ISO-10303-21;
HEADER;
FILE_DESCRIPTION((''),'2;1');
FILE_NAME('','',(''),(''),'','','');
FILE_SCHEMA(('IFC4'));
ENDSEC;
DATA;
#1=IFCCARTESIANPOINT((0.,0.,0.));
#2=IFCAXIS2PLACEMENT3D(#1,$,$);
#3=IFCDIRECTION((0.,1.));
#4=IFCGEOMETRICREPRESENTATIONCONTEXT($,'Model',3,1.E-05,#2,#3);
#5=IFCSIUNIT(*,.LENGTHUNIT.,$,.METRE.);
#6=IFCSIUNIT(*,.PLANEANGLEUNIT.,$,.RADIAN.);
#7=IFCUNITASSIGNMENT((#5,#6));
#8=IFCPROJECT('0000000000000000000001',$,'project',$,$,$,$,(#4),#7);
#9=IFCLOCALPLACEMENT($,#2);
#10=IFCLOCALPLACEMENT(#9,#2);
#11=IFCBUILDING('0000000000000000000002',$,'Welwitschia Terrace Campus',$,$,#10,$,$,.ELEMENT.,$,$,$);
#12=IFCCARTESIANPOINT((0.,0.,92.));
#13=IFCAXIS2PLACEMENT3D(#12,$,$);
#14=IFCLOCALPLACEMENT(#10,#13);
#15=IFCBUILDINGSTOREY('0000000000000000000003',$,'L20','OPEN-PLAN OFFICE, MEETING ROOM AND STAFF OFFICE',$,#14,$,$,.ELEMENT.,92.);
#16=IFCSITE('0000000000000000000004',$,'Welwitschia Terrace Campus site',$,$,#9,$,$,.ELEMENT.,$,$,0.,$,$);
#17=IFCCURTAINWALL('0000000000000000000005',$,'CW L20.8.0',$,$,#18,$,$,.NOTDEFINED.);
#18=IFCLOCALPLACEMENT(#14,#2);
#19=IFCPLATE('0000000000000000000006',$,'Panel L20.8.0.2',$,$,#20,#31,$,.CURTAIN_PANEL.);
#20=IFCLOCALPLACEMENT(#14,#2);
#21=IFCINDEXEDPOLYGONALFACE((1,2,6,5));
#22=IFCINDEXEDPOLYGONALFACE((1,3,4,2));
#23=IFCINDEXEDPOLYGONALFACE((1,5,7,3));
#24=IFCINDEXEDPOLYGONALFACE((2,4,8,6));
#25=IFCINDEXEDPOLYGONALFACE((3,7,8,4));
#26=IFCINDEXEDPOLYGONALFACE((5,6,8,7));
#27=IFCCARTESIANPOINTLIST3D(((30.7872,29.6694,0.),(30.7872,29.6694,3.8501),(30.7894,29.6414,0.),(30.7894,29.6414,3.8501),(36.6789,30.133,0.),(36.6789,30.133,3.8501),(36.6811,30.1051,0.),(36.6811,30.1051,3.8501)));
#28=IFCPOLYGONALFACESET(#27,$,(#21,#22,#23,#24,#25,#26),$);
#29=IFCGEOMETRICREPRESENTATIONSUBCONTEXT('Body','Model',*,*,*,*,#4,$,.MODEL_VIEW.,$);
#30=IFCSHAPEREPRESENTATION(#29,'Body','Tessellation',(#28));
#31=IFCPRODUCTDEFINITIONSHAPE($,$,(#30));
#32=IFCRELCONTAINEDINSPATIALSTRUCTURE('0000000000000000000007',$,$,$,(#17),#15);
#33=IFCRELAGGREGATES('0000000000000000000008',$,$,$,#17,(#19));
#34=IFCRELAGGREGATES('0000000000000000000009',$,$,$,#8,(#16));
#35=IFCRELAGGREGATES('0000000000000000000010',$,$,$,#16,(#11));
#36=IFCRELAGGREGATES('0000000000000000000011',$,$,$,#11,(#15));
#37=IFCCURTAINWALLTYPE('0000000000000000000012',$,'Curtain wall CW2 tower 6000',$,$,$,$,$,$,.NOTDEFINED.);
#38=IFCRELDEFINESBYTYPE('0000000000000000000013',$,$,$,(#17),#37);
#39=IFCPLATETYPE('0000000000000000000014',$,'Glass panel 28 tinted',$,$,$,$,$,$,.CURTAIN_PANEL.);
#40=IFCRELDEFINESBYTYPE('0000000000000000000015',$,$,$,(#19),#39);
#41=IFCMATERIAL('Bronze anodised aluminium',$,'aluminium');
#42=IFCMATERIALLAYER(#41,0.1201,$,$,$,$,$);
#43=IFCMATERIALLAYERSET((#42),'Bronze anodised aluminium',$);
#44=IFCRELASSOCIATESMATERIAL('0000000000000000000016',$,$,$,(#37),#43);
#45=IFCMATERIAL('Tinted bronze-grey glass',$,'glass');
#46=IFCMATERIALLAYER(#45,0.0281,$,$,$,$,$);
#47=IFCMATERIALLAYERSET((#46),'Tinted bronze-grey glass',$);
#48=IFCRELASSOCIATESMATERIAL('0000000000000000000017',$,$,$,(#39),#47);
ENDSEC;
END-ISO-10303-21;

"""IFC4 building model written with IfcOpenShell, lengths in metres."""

from ifc_helpers import new_model, si_unit, direction, frame, origin, origin_2d, place, context, subcontext, project, spatial, rectangle, extrude, material, layer, layer_set, type_object, element, aggregate, save


model = new_model("IFC4")

# Units and contexts
model_context = context("Model", 3, precision=1e-05, world=origin(), true_north=direction((0.0, 1.0)))
body_context = subcontext(model_context, "Body", "Model", "MODEL_VIEW")
ifc_project = project(units=[si_unit("LENGTHUNIT", "METRE"), si_unit("PLANEANGLEUNIT", "RADIAN")], contexts=[model_context])

# Site, building, storey
site_placement = place(None, origin())
site = spatial("IfcSite", under=ifc_project, at=site_placement, Name="Welwitschia Terrace Campus site", CompositionType="ELEMENT", RefElevation=0.0)
building_placement = place(site_placement, origin())
building = spatial("IfcBuilding", under=site, at=building_placement, Name="Welwitschia Terrace Campus", CompositionType="ELEMENT")
storey_placement = place(building_placement, frame((0.0, 0.0, 92.0)))
storey = spatial("IfcBuildingStorey", under=building, at=storey_placement, Name="L20", Description="OPEN-PLAN OFFICE, MEETING ROOM AND STAFF OFFICE", CompositionType="ELEMENT", Elevation=92.0)

# Curtain wall
ifc_material_1 = material(Name="Bronze anodised aluminium", Category="aluminium")
ifc_layer_1 = layer(ifc_material_1, 0.1201)
ifc_layer_set_1 = layer_set([ifc_layer_1], Name="Bronze anodised aluminium")
curtain_wall_type = type_object("IfcCurtainWallType", Name="Curtain wall CW2 tower 6000", PredefinedType="NOTDEFINED", material=ifc_layer_set_1)
curtain_wall_1_placement = place(storey_placement, origin())
curtain_wall_1 = element("IfcCurtainWall", 1, at=curtain_wall_1_placement, inside=storey, type_object=curtain_wall_type, Name="CW L20.8.0", PredefinedType="NOTDEFINED")

# Plate
ifc_material_2 = material(Name="Tinted bronze-grey glass", Category="glass")
ifc_layer_2 = layer(ifc_material_2, 0.0281)
ifc_layer_set_2 = layer_set([ifc_layer_2], Name="Tinted bronze-grey glass")
plate_type = type_object("IfcPlateType", Name="Glass panel 28 tinted", PredefinedType="CURTAIN_PANEL", material=ifc_layer_set_2)
plate_1_placement = place(storey_placement, frame((33.7341, 29.8872, 0.0), z_axis=(0.0, 0.0, 1.0), x_axis=(-0.996917, -0.078459, 0.0)))
plate_1 = element("IfcPlate", 2, at=plate_1_placement, type_object=plate_type, Name="Panel L20.8.0.2", PredefinedType="CURTAIN_PANEL", context=body_context, shape_type="SweptSolid", body=[
    extrude(rectangle(XDim=5.9099, YDim=0.0281, at=origin_2d()), origin(), (0.0, 0.0, 1.0), 3.8501),
])
aggregate(curtain_wall_1, [plate_1])

save(model, "model.ifc")
